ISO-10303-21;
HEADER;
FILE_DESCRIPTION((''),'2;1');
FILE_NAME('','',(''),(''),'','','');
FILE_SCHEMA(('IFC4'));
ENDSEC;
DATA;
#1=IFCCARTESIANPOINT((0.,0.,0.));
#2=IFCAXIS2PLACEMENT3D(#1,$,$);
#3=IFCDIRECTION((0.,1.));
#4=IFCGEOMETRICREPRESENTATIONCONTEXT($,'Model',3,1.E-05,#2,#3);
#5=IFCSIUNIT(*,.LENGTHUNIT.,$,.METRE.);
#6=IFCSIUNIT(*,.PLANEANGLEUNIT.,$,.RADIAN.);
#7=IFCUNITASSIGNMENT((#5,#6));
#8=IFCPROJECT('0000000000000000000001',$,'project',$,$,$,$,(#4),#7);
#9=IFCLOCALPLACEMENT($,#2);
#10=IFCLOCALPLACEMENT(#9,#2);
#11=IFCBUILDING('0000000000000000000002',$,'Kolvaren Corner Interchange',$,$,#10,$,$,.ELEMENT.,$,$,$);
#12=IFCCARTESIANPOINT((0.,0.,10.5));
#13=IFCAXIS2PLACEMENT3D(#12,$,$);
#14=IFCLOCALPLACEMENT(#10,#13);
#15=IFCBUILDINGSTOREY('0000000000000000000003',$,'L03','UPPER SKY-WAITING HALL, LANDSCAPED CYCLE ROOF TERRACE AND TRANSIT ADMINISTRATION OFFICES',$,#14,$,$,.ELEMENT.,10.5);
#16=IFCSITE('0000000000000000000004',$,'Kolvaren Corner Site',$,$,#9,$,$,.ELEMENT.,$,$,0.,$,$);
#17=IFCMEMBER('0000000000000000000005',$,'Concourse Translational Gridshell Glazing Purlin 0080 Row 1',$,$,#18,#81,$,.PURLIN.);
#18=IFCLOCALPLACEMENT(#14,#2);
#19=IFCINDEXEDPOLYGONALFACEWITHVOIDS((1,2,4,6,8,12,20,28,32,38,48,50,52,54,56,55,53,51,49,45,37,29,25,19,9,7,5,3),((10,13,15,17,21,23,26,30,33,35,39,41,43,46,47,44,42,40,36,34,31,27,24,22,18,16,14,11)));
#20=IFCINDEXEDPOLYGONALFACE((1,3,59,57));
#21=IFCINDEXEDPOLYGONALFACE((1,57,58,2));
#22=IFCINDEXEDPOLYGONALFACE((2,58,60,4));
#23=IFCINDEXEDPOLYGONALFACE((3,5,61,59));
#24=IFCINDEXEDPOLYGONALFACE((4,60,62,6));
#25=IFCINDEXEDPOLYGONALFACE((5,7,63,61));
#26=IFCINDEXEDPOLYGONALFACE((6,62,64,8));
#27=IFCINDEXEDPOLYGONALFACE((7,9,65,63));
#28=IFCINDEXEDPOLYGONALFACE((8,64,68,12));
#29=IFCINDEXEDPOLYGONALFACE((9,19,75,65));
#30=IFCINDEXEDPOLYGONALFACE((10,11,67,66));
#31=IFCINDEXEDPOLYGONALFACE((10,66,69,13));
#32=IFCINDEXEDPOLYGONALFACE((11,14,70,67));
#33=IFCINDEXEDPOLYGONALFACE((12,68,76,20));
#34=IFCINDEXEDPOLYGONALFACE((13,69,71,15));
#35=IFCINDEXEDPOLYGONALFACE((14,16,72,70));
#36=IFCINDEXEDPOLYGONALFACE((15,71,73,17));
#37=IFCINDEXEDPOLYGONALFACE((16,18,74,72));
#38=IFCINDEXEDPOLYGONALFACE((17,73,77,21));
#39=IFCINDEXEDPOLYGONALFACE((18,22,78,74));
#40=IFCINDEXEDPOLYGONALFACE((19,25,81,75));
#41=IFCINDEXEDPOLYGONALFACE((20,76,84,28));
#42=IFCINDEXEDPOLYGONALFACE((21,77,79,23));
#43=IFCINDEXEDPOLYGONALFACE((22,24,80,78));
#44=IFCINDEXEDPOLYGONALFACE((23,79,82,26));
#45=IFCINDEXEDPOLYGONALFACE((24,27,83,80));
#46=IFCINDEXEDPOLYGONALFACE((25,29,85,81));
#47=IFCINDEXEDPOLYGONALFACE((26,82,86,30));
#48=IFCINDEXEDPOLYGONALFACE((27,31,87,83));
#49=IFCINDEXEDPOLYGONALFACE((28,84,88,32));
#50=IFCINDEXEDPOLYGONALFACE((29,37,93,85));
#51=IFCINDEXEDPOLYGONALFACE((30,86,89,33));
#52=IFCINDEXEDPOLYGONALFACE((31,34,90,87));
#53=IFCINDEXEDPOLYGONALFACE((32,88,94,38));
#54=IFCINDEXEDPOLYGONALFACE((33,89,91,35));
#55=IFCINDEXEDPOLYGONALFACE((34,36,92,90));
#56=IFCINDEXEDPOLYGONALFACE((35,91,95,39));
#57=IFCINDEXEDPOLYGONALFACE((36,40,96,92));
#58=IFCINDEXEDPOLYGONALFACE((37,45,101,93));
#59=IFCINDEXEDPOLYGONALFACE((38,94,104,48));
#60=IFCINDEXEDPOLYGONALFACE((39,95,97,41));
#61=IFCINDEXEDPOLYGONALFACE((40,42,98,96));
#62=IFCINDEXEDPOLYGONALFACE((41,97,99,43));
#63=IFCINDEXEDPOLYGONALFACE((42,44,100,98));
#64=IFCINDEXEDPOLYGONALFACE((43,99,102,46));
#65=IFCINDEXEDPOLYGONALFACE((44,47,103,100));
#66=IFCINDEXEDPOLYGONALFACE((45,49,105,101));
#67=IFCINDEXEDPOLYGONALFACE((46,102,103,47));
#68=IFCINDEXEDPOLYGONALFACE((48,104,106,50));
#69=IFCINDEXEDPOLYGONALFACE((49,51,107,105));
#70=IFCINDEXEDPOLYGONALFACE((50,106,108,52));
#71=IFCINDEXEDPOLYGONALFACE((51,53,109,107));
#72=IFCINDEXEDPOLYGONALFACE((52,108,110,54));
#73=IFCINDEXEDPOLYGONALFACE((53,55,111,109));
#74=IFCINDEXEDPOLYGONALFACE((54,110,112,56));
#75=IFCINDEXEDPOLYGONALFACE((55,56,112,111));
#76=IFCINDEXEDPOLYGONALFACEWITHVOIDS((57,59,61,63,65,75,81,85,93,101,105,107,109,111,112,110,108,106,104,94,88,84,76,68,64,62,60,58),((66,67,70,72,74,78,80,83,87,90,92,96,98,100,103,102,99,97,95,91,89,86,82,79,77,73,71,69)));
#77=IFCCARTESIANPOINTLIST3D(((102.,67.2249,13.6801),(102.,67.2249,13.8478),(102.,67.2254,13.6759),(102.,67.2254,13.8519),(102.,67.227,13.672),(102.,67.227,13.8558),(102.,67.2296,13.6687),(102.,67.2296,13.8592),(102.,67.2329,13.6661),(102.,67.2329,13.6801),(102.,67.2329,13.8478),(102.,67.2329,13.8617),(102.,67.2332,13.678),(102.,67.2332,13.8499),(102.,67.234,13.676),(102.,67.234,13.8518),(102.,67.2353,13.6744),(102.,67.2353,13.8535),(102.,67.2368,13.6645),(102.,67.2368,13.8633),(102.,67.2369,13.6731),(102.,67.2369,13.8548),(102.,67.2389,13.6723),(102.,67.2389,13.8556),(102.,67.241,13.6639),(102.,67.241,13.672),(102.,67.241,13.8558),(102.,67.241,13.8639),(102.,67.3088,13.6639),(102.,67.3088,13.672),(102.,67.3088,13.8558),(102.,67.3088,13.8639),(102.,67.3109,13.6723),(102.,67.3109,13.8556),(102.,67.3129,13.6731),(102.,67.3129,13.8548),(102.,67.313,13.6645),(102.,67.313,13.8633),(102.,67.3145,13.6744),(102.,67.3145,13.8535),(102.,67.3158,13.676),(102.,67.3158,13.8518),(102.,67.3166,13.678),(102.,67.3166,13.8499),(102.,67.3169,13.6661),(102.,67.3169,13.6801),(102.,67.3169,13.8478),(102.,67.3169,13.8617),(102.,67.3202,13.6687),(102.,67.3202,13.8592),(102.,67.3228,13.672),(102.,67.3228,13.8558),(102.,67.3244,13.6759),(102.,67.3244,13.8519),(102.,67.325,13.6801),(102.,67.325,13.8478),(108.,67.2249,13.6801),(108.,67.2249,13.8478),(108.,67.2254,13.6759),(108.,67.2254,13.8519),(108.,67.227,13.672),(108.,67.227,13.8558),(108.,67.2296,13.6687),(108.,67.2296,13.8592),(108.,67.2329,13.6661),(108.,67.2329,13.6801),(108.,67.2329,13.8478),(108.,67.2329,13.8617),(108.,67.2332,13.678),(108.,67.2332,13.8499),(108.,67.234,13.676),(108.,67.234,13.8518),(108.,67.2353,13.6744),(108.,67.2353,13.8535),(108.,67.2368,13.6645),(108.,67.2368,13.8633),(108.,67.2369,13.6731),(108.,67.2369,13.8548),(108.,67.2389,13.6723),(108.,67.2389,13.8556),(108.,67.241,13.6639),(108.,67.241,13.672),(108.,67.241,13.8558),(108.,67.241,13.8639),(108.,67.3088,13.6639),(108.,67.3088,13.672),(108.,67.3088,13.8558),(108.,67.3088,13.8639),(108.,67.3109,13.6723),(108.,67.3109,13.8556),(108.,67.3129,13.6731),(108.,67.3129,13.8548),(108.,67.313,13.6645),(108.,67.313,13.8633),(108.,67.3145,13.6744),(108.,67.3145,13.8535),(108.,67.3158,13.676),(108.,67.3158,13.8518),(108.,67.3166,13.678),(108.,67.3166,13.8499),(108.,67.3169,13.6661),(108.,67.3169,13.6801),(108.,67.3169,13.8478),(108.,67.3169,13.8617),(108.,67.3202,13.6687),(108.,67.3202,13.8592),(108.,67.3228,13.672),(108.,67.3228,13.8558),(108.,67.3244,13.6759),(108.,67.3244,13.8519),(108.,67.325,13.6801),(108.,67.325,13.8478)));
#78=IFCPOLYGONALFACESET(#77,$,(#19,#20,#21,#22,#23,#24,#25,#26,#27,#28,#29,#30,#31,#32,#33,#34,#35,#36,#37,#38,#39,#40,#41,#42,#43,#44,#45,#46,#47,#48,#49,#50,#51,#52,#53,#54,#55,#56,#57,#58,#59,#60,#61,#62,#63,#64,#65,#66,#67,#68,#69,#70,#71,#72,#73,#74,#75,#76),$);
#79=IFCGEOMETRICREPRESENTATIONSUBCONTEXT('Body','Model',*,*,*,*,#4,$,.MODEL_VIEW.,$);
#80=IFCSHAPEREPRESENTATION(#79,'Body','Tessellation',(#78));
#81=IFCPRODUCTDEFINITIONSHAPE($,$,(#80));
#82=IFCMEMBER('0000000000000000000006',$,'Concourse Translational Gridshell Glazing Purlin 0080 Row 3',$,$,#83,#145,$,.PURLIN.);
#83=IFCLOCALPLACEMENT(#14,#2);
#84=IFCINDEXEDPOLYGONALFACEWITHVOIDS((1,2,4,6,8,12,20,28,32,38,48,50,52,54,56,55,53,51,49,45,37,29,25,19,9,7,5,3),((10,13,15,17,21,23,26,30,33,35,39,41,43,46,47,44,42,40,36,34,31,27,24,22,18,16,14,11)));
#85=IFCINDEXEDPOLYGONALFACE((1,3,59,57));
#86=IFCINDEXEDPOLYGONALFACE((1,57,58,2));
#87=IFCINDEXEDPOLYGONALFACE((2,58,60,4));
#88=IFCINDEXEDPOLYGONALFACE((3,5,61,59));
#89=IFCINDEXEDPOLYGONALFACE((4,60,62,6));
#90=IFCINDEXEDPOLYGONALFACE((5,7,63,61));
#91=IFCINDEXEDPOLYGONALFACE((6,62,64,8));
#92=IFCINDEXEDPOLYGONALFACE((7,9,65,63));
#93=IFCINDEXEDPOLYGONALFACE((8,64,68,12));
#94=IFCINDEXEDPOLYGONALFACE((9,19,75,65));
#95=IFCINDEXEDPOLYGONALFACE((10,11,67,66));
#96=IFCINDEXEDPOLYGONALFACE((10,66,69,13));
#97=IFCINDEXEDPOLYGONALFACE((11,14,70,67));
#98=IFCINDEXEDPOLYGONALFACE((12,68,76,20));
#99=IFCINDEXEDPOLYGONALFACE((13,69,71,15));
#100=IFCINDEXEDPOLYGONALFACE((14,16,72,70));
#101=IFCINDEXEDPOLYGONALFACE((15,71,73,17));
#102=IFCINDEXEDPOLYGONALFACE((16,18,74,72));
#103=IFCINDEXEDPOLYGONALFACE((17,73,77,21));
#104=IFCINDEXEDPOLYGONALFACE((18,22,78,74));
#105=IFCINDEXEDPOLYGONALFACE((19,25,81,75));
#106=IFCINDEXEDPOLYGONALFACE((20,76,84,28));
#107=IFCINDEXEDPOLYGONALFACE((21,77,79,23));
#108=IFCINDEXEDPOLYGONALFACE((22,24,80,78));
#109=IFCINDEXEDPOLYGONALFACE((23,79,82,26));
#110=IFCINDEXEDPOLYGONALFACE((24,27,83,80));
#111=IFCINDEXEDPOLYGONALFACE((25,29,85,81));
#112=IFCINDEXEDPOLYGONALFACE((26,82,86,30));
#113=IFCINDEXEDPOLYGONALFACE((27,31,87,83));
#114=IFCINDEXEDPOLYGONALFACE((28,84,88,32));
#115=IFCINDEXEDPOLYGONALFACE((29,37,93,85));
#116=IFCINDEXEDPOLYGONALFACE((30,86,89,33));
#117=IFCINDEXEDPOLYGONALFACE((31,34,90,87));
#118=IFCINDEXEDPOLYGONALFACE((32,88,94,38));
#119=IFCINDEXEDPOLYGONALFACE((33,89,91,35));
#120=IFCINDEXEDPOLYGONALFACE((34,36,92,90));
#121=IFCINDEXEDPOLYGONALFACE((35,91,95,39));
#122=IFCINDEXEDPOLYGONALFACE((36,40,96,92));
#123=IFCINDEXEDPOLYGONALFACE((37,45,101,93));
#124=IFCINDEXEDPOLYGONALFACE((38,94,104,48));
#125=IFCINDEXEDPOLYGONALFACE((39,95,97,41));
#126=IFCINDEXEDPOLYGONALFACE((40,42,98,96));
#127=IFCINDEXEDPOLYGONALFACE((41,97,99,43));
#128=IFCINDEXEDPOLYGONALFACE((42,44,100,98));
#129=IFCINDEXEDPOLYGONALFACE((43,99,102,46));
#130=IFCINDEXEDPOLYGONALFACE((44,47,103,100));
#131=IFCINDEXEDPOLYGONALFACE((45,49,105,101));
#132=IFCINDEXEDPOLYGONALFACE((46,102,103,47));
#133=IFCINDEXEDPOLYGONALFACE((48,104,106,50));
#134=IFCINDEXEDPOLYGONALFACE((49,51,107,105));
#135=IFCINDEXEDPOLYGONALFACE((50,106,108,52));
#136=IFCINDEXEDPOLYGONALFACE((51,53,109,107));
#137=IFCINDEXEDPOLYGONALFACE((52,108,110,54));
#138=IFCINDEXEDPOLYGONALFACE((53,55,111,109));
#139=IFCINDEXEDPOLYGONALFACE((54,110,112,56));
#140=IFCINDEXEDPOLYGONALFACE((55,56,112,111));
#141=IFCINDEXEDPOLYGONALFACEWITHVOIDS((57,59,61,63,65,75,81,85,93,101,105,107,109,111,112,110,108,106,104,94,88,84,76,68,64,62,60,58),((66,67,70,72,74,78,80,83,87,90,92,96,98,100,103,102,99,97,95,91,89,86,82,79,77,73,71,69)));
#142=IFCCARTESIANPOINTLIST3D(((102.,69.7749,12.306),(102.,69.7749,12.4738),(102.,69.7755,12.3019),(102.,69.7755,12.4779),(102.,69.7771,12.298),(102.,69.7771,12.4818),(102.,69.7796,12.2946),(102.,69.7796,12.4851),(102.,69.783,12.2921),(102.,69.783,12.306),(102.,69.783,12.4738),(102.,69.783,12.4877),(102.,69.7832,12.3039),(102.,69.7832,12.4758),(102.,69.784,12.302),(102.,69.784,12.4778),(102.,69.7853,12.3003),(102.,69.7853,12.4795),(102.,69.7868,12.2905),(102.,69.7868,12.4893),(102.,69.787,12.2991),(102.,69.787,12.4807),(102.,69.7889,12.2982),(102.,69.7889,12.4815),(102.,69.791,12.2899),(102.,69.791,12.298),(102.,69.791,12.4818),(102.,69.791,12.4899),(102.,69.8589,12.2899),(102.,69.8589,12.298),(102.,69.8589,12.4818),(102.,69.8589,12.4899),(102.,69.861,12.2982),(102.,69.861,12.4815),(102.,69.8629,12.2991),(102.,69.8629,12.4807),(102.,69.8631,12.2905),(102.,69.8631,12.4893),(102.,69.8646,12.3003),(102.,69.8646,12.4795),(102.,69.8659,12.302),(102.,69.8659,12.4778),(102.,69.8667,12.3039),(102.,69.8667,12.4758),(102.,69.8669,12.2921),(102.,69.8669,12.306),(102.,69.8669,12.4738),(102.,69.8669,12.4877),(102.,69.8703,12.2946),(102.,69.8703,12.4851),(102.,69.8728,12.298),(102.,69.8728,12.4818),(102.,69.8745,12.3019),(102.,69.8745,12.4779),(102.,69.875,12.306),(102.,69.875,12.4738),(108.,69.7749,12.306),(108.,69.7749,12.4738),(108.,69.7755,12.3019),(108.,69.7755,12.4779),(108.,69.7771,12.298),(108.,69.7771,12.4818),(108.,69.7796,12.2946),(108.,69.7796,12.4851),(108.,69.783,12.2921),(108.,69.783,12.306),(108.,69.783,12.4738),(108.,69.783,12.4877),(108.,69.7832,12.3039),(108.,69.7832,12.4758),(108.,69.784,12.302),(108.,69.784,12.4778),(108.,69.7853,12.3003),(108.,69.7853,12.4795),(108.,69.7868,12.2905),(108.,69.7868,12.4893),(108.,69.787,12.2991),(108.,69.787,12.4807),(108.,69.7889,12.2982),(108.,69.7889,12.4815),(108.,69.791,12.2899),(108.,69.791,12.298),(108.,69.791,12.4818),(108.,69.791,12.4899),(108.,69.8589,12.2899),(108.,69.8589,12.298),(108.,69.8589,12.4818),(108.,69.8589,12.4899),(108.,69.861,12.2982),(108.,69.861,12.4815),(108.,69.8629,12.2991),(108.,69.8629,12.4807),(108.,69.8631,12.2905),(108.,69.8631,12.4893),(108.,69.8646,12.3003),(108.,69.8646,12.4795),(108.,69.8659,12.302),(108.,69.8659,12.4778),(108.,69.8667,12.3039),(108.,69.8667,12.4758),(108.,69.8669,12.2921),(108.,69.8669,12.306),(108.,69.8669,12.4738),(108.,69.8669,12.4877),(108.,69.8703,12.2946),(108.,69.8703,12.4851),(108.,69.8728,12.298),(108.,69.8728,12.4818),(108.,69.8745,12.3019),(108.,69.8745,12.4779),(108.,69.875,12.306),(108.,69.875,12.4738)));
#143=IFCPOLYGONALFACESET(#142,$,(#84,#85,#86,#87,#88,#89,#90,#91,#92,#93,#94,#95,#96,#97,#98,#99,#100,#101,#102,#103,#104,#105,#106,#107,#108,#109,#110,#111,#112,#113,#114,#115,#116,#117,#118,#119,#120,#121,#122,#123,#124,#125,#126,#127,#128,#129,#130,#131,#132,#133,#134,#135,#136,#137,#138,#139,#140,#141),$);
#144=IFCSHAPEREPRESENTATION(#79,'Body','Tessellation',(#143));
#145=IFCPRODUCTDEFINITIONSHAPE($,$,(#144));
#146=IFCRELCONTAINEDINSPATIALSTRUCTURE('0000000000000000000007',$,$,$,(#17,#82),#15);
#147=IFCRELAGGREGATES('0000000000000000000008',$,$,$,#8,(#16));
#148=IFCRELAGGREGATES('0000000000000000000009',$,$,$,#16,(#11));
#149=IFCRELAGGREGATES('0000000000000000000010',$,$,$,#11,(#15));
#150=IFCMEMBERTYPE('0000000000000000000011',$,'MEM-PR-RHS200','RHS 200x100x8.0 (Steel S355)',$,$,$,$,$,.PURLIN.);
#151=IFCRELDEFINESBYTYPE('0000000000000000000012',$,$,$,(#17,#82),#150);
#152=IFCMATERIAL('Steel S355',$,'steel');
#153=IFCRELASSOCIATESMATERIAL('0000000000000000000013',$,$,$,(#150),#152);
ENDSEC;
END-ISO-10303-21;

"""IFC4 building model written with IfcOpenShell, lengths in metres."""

from ifc_helpers import new_model, si_unit, direction, frame, origin, origin_2d, place, context, subcontext, project, spatial, hollow_rectangle, extrude, material, material_profile, profile_set, type_object, element, save


model = new_model("IFC4")

# Units and contexts
model_context = context("Model", 3, precision=1e-05, world=origin(), true_north=direction((0.0, 1.0)))
body_context = subcontext(model_context, "Body", "Model", "MODEL_VIEW")
ifc_project = project(units=[si_unit("LENGTHUNIT", "METRE"), si_unit("PLANEANGLEUNIT", "RADIAN")], contexts=[model_context])

# Site, building, storey
site_placement = place(None, origin())
site = spatial("IfcSite", under=ifc_project, at=site_placement, Name="Kolvaren Corner Site", CompositionType="ELEMENT", RefElevation=0.0)
building_placement = place(site_placement, origin())
building = spatial("IfcBuilding", under=site, at=building_placement, Name="Kolvaren Corner Interchange", CompositionType="ELEMENT")
storey_placement = place(building_placement, frame((0.0, 0.0, 10.5)))
storey = spatial("IfcBuildingStorey", under=building, at=storey_placement, Name="L03", Description="UPPER SKY-WAITING HALL, LANDSCAPED CYCLE ROOF TERRACE AND TRANSIT ADMINISTRATION OFFICES", CompositionType="ELEMENT", Elevation=10.5)

# Members
ifc_material_1 = material(Name="Steel S355", Category="steel")
ifc_material_profile_1 = material_profile(ifc_material_1, hollow_rectangle(XDim=0.1001, YDim=0.2, WallThickness=0.0081, InnerFilletRadius=0.0081, OuterFilletRadius=0.0161, at=origin_2d()), Name="RHS 200x100x8.0")
ifc_profile_set_1 = profile_set([ifc_material_profile_1], Name="Steel S355")
member_type_1 = type_object("IfcMemberType", Name="MEM-PR-RHS200", Description="RHS 200x100x8.0 (Steel S355)", PredefinedType="PURLIN", material=ifc_profile_set_1)
for number, where, z_axis, x_axis, name in (
    (1, (102.0, 67.2749, 13.7639), (1.0, 0.0, 0.0), (0.0, 1.0, 0.0), "Concourse Translational Gridshell Glazing Purlin 0080 Row 1"),
    (2, (102.0, 69.825, 12.3899), (1.0, 0.0, 0.0), (0.0, 1.0, 0.0), "Concourse Translational Gridshell Glazing Purlin 0080 Row 3"),
):
    element("IfcMember", number, at=place(storey_placement, frame(where, z_axis=z_axis, x_axis=x_axis)), inside=storey, type_object=member_type_1, Name=name, PredefinedType="PURLIN", context=body_context, shape_type="SweptSolid", body=[
        extrude(hollow_rectangle(XDim=0.1001, YDim=0.2, WallThickness=0.0081, InnerFilletRadius=0.0081, OuterFilletRadius=0.0161, at=origin_2d()), origin(), (0.0, 0.0, 1.0), 6.0),
    ])

save(model, "model.ifc")
